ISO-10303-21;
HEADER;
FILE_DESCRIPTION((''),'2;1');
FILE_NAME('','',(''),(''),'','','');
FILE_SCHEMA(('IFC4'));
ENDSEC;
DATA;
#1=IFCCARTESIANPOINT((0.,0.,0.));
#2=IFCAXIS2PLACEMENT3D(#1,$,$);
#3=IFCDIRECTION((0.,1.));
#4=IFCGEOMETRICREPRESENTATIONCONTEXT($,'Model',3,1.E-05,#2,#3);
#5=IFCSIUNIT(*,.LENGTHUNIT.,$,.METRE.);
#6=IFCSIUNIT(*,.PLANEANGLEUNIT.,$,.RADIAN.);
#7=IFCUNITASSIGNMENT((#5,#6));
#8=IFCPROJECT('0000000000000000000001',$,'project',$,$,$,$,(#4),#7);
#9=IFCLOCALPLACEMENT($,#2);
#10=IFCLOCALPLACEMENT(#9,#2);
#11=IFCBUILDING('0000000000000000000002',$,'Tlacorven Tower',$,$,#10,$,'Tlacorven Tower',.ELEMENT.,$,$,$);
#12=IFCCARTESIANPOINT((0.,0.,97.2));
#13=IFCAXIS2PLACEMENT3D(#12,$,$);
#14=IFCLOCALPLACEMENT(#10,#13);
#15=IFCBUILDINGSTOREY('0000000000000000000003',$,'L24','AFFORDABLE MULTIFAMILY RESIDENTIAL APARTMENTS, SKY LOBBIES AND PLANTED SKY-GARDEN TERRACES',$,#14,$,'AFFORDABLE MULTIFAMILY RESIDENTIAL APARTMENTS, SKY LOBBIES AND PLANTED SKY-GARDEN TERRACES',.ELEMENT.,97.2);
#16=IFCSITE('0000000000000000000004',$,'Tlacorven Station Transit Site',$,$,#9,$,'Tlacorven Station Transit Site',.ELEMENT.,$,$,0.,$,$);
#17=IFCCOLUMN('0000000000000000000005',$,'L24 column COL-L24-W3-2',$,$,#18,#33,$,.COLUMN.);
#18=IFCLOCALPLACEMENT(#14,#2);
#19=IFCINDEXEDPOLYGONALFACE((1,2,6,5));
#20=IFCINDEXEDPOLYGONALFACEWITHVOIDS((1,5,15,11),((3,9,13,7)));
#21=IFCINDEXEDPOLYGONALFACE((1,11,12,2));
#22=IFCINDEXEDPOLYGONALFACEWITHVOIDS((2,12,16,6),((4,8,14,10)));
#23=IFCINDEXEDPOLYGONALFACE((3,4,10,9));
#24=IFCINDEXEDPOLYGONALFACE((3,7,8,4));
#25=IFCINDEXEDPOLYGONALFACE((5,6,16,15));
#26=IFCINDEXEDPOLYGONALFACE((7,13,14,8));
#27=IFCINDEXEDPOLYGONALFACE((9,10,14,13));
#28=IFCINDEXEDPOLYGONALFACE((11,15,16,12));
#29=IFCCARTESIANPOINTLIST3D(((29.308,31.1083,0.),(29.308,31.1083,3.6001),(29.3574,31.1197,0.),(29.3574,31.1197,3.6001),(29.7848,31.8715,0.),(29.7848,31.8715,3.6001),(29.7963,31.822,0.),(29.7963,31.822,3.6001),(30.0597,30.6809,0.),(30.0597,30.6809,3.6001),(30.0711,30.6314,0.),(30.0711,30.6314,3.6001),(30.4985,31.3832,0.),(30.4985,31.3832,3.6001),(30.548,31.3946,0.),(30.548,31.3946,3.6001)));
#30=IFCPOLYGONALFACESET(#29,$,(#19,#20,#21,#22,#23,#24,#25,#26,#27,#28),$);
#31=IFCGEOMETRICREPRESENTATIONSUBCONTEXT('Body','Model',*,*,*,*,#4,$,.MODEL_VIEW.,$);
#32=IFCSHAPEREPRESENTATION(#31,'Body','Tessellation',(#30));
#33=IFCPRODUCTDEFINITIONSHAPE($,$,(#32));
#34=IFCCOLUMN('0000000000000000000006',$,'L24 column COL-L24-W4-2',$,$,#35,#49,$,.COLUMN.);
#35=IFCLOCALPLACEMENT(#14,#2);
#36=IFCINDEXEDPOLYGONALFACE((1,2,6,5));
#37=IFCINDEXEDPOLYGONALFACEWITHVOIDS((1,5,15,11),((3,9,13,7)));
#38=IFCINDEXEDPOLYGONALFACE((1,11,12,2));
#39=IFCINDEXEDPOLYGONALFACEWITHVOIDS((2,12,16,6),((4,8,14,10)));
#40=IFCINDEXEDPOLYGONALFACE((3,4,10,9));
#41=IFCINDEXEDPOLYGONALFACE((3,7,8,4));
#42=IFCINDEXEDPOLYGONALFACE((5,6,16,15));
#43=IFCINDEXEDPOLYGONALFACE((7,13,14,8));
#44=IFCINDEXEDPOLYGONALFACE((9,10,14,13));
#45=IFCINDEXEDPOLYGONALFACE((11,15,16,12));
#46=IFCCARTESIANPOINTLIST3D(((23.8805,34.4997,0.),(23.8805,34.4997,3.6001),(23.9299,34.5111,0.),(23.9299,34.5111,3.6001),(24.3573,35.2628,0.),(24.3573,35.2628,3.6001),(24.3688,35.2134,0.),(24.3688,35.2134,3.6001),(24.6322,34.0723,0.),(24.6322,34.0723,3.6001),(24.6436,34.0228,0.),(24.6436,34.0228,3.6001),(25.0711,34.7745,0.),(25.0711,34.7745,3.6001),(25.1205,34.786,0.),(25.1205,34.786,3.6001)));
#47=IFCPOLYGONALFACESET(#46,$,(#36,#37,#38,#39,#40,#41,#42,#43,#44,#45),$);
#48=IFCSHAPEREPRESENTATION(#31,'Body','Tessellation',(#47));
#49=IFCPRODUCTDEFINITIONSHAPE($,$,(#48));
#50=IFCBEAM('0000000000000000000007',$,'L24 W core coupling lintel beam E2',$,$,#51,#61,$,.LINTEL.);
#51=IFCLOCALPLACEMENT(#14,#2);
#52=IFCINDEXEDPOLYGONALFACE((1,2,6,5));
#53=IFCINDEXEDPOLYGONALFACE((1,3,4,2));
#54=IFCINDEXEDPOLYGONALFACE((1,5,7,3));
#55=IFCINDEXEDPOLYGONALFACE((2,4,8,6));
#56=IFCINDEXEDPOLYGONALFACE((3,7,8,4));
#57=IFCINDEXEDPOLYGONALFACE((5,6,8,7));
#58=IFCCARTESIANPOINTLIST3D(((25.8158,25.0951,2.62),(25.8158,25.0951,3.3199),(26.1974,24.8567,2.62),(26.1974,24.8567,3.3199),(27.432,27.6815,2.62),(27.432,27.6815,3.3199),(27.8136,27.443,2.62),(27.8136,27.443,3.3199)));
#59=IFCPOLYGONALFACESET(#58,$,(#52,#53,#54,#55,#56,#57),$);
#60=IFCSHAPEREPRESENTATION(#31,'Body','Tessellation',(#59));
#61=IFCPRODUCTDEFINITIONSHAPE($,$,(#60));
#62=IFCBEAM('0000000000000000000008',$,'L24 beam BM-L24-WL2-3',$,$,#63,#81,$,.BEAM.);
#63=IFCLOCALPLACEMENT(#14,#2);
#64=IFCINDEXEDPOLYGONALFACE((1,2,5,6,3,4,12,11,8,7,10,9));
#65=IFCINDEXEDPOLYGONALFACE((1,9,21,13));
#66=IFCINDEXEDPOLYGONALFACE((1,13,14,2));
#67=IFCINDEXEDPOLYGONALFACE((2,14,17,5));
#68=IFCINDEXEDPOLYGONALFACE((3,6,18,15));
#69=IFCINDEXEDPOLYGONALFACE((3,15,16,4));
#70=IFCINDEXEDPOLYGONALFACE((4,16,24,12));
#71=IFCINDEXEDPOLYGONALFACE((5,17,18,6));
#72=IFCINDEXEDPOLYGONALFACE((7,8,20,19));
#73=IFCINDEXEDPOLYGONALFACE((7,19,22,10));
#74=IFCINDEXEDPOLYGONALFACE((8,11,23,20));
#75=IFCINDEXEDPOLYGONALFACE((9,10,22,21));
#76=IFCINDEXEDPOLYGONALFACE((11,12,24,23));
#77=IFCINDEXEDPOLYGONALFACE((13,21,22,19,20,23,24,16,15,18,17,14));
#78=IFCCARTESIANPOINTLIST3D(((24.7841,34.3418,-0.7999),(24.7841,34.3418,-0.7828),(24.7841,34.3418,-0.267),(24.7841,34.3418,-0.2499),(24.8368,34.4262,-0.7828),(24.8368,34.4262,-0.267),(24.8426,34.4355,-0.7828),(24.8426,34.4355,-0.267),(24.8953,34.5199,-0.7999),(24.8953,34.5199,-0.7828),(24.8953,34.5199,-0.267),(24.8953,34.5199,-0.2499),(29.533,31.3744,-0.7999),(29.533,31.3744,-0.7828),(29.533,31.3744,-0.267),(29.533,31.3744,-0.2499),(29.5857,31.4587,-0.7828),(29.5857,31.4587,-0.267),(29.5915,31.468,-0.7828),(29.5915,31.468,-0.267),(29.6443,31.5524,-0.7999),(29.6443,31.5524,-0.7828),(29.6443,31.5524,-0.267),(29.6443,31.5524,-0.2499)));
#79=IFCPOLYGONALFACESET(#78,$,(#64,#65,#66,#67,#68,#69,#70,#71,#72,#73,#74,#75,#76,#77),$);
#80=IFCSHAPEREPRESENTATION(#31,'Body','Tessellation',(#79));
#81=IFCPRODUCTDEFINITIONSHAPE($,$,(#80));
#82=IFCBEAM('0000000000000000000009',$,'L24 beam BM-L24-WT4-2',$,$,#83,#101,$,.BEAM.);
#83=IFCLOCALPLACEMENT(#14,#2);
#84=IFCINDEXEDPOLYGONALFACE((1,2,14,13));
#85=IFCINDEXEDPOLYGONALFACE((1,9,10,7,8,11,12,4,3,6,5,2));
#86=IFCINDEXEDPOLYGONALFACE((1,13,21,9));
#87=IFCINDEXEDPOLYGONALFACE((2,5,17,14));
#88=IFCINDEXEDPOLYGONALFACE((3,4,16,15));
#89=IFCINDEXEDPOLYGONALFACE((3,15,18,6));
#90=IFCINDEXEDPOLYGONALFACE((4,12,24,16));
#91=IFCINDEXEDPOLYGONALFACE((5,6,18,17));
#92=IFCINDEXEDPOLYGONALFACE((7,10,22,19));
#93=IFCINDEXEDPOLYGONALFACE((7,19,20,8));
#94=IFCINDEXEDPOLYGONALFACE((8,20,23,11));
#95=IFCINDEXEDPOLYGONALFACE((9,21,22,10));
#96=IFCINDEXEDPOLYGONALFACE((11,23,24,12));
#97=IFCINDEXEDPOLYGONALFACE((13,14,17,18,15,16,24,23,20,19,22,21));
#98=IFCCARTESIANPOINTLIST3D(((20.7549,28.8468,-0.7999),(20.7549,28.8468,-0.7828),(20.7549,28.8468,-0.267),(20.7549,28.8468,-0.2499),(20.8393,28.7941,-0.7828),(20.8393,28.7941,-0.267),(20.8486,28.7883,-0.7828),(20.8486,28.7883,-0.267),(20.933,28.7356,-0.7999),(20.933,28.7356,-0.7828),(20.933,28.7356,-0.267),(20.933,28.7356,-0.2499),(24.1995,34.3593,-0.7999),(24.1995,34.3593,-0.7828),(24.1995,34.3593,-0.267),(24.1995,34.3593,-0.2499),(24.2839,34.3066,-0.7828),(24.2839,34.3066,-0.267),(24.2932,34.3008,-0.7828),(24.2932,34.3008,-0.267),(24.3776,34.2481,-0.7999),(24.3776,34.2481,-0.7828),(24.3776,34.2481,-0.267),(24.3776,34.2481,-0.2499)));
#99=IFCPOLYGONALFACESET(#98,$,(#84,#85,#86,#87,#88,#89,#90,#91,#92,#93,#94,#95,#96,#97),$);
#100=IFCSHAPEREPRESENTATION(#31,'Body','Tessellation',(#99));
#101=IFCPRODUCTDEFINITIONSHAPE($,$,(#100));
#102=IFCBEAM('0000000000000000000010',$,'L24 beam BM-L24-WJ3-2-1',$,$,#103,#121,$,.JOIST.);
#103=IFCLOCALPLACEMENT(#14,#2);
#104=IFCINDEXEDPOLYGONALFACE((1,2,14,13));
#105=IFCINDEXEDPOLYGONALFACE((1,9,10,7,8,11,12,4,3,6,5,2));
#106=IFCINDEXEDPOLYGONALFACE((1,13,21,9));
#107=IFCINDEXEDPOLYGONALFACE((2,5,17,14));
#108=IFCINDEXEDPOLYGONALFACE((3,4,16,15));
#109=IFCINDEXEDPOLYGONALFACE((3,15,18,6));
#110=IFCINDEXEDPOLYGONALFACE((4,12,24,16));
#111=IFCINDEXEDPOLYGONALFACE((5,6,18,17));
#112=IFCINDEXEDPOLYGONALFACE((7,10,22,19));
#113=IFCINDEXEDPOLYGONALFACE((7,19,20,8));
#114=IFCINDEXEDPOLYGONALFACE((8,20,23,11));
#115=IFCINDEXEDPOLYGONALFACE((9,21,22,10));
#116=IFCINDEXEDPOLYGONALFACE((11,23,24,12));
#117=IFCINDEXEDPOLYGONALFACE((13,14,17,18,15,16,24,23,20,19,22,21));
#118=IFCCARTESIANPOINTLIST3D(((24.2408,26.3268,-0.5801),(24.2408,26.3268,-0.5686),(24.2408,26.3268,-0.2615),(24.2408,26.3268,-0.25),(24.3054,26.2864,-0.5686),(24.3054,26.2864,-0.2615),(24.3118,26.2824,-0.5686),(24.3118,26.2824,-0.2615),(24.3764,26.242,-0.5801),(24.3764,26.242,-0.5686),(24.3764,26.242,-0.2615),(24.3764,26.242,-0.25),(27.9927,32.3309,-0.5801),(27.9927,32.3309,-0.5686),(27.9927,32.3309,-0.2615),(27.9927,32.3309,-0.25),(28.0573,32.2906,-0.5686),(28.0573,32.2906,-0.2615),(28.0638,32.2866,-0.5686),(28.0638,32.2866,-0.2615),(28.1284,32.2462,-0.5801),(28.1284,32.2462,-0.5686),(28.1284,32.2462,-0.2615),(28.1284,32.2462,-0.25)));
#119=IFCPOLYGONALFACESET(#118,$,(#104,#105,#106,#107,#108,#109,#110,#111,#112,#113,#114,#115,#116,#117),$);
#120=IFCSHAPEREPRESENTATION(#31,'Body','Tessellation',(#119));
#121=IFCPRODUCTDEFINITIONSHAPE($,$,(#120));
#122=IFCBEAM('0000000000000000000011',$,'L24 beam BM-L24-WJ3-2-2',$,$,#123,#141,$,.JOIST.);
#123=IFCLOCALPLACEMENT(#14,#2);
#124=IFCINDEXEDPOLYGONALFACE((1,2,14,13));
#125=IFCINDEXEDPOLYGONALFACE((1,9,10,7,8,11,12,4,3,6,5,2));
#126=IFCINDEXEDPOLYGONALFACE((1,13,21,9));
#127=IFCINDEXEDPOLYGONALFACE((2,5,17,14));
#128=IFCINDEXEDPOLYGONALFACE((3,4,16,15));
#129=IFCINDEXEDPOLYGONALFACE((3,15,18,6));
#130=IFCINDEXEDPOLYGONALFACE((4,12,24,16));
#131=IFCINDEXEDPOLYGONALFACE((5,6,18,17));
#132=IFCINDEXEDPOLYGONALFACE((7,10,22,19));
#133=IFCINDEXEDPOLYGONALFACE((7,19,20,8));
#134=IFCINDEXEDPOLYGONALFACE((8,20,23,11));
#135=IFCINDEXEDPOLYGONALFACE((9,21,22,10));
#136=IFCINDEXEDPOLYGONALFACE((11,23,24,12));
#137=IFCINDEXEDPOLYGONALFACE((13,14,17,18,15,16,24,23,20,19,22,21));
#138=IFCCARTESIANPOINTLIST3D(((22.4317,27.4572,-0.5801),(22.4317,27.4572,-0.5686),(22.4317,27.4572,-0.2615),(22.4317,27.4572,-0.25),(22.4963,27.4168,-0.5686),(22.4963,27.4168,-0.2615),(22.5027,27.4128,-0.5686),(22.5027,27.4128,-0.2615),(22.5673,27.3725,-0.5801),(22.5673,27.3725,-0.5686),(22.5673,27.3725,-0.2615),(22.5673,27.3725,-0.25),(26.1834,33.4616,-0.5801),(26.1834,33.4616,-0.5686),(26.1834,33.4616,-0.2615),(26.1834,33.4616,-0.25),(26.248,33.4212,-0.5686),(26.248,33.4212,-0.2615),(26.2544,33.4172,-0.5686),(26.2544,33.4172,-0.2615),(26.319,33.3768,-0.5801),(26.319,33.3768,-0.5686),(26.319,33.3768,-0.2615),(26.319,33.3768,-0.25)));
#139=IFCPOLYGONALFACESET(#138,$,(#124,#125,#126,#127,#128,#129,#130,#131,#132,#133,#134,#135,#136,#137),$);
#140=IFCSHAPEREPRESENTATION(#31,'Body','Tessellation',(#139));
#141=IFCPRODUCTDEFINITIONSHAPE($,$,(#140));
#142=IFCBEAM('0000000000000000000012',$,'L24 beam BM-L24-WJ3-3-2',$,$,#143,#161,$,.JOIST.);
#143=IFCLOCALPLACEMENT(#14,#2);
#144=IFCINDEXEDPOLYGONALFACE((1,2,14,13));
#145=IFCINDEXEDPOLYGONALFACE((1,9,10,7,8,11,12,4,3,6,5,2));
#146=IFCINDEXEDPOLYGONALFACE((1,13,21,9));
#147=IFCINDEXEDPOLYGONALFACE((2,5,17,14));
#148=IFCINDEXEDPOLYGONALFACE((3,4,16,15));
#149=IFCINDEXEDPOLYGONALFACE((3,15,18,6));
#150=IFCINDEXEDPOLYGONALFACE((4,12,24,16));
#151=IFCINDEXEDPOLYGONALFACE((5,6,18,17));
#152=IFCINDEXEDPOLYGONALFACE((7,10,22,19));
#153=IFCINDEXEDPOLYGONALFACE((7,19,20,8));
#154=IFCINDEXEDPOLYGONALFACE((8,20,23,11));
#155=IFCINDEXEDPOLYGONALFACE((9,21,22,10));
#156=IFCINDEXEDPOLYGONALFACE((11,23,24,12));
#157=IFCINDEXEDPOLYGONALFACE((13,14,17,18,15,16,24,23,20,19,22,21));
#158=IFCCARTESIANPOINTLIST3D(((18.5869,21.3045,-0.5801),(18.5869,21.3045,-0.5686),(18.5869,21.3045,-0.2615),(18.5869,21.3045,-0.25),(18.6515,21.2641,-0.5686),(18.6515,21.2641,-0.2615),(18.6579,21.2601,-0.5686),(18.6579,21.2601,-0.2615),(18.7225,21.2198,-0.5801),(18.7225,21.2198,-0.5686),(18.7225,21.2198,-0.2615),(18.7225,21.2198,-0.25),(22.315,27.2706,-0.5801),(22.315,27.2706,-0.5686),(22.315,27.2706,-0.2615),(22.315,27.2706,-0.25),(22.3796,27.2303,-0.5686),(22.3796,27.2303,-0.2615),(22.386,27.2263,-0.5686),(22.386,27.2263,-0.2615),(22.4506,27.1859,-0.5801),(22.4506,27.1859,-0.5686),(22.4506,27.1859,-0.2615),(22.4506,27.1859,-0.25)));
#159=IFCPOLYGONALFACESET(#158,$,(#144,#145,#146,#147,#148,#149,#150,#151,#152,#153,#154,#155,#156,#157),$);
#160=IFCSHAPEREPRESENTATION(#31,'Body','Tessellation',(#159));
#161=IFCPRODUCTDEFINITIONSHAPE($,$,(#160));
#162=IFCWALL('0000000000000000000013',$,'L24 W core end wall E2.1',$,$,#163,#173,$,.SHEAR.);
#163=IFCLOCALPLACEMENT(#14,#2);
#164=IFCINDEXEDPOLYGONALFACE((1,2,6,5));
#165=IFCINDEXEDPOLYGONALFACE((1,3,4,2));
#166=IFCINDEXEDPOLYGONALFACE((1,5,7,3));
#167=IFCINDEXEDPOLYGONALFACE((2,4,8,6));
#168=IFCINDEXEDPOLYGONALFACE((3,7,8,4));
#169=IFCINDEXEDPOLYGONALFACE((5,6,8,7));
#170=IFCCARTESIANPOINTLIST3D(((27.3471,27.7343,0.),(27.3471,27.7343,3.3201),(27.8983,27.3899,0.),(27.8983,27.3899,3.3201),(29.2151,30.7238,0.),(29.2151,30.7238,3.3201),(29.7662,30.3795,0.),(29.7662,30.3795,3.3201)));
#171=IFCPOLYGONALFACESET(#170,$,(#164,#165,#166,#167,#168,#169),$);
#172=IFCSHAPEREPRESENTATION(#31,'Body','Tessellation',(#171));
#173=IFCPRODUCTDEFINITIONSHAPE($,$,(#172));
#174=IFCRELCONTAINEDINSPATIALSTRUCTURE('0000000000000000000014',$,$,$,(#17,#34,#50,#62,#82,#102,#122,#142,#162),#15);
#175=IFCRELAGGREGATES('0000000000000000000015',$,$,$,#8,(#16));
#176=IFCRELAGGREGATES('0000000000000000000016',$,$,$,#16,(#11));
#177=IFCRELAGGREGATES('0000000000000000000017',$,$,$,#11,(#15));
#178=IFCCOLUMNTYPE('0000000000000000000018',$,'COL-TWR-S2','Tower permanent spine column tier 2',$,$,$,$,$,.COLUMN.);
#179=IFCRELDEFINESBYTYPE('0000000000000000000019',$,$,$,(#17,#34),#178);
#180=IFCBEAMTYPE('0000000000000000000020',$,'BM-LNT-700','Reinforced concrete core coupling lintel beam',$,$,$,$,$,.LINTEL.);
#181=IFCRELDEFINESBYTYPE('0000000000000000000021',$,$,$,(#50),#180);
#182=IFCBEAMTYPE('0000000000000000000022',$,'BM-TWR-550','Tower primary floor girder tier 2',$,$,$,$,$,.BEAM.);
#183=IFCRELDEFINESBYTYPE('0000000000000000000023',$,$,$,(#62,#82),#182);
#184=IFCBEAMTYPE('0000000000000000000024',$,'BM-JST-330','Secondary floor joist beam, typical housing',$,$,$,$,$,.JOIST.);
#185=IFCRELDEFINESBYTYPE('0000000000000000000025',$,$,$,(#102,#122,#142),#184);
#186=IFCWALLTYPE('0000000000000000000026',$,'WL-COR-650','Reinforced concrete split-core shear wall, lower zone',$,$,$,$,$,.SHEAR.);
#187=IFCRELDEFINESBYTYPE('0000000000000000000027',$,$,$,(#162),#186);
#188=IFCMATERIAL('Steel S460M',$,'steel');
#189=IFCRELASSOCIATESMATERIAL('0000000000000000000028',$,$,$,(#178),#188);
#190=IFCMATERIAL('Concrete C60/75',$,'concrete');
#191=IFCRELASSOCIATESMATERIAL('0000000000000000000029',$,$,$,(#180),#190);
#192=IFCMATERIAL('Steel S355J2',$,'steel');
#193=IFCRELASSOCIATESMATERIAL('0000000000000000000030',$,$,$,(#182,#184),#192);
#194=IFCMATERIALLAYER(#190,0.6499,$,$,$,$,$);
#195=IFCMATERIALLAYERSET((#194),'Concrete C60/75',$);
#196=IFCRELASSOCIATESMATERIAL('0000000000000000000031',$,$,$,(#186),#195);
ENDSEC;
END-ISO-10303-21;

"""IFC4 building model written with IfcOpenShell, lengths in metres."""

from ifc_helpers import new_model, si_unit, direction, frame, frame_2d, origin, origin_2d, place, context, subcontext, project, spatial, rectangle, hollow_rectangle, i_section, extrude, source, transform, mapped, material, layer, layer_set, material_profile, profile_set, type_object, element, save


model = new_model("IFC4")

# Units and contexts
model_context = context("Model", 3, precision=1e-05, world=origin(), true_north=direction((0.0, 1.0)))
body_context = subcontext(model_context, "Body", "Model", "MODEL_VIEW")
ifc_project = project(units=[si_unit("LENGTHUNIT", "METRE"), si_unit("PLANEANGLEUNIT", "RADIAN")], contexts=[model_context])

# Site, building, storey
site_placement = place(None, origin())
site = spatial("IfcSite", under=ifc_project, at=site_placement, Name="Tlacorven Station Transit Site", LongName="Tlacorven Station Transit Site", CompositionType="ELEMENT", RefElevation=0.0)
building_placement = place(site_placement, origin())
building = spatial("IfcBuilding", under=site, at=building_placement, Name="Tlacorven Tower", LongName="Tlacorven Tower", CompositionType="ELEMENT")
storey_placement = place(building_placement, frame((0.0, 0.0, 97.2)))
storey = spatial("IfcBuildingStorey", under=building, at=storey_placement, Name="L24", Description="AFFORDABLE MULTIFAMILY RESIDENTIAL APARTMENTS, SKY LOBBIES AND PLANTED SKY-GARDEN TERRACES", LongName="AFFORDABLE MULTIFAMILY RESIDENTIAL APARTMENTS, SKY LOBBIES AND PLANTED SKY-GARDEN TERRACES", CompositionType="ELEMENT", Elevation=97.2)

# Columns
ifc_material_1 = material(Name="Steel S460M", Category="steel")
ifc_material_profile_1 = material_profile(ifc_material_1, hollow_rectangle(XDim=0.8999, YDim=0.8999, WallThickness=0.0359, at=origin_2d()), Name="BOX 900X900X36")
ifc_profile_set_1 = profile_set([ifc_material_profile_1], Name="Steel S460M")
column_type = type_object("IfcColumnType", Name="COL-TWR-S2", Description="Tower permanent spine column tier 2", PredefinedType="COLUMN", material=ifc_profile_set_1)
shared_shape_1 = source(origin(), body_context, "Body", "SweptSolid", [
    extrude(hollow_rectangle(XDim=0.8999, YDim=0.8999, WallThickness=0.0359, at=origin_2d()), origin(), (0.0, 0.0, 1.0), 3.6001),
])
for number, where, z_axis, x_axis, name in (
    (1, (29.928, 31.2515, 0.0), (0.0, 0.0, 1.0), (-0.848048, 0.529919, 0.0), "L24 column COL-L24-W3-2"),
    (2, (24.5005, 34.6428, 0.0), (0.0, 0.0, 1.0), (-0.848048, 0.529919, 0.0), "L24 column COL-L24-W4-2"),
):
    element("IfcColumn", number, at=place(storey_placement, frame(where, z_axis=z_axis, x_axis=x_axis)), inside=storey, type_object=column_type, Name=name, PredefinedType="COLUMN", context=body_context, shape_type="MappedRepresentation", body=[
        mapped(shared_shape_1, transform((0.0, 0.0, 0.0), scale=1.0)),
    ])

# Beams
ifc_material_2 = material(Name="Concrete C60/75", Category="concrete")
ifc_material_profile_2 = material_profile(ifc_material_2, rectangle(XDim=0.45, YDim=0.7, at=origin_2d()), Name="RC 450X700")
ifc_profile_set_2 = profile_set([ifc_material_profile_2], Name="Concrete C60/75")
beam_type_1 = type_object("IfcBeamType", Name="BM-LNT-700", Description="Reinforced concrete core coupling lintel beam", PredefinedType="LINTEL", material=ifc_profile_set_2)
shared_shape_2 = source(origin(), body_context, "Body", "SweptSolid", [
    extrude(rectangle(XDim=0.45, YDim=0.7, at=origin_2d()), origin(), (0.0, 0.0, 1.0), 3.0498),
])
beam_1_placement = place(storey_placement, frame((27.6228, 27.5623, 2.97), z_axis=(-0.529927, -0.848043, 0.0), x_axis=(0.848043, -0.529927, 0.0)))
element("IfcBeam", 3, at=beam_1_placement, inside=storey, type_object=beam_type_1, Name="L24 W core coupling lintel beam E2", PredefinedType="LINTEL", context=body_context, shape_type="MappedRepresentation", body=[
    mapped(shared_shape_2, transform((0.0, 0.0, 0.0), scale=1.0)),
])
ifc_material_3 = material(Name="Steel S355J2", Category="steel")
ifc_material_profile_3 = material_profile(ifc_material_3, i_section(OverallWidth=0.21, OverallDepth=0.55, WebThickness=0.011, FlangeThickness=0.0171, at=origin_2d()), Name="IPE 550")
ifc_profile_set_3 = profile_set([ifc_material_profile_3], Name="Steel S355J2")
beam_type_2 = type_object("IfcBeamType", Name="BM-TWR-550", Description="Tower primary floor girder tier 2", PredefinedType="BEAM", material=ifc_profile_set_3)
shared_shape_3 = source(origin(), body_context, "Body", "SweptSolid", [
    extrude(i_section(OverallWidth=0.21, OverallDepth=0.55, WebThickness=0.011, FlangeThickness=0.0171, at=origin_2d()), origin(), (0.0, 0.0, 1.0), 5.5999),
])
beam_2_placement = place(storey_placement, frame((29.5886, 31.4634, -0.5249), z_axis=(-0.848047, 0.529921, 0.0), x_axis=(-0.529921, -0.848047, 0.0)))
element("IfcBeam", 4, at=beam_2_placement, inside=storey, type_object=beam_type_2, Name="L24 beam BM-L24-WL2-3", PredefinedType="BEAM", context=body_context, shape_type="MappedRepresentation", body=[
    mapped(shared_shape_3, transform((0.0, 0.0, 0.0), scale=1.0)),
])
shared_shape_4 = source(origin(), body_context, "Body", "SweptSolid", [
    extrude(i_section(OverallWidth=0.21, OverallDepth=0.55, WebThickness=0.011, FlangeThickness=0.0171, at=origin_2d()), origin(), (0.0, 0.0, 1.0), 6.5002),
])
beam_3_placement = place(storey_placement, frame((24.2886, 34.3037, -0.5249), z_axis=(-0.529921, -0.848047, 0.0), x_axis=(0.848047, -0.529921, 0.0)))
element("IfcBeam", 5, at=beam_3_placement, inside=storey, type_object=beam_type_2, Name="L24 beam BM-L24-WT4-2", PredefinedType="BEAM", context=body_context, shape_type="MappedRepresentation", body=[
    mapped(shared_shape_4, transform((0.0, 0.0, 0.0), scale=1.0)),
])
ifc_material_profile_4 = material_profile(ifc_material_3, i_section(OverallWidth=0.1599, OverallDepth=0.3301, WebThickness=0.0076, FlangeThickness=0.0115, at=origin_2d()), Name="IPE 330")
ifc_profile_set_4 = profile_set([ifc_material_profile_4], Name="Steel S355J2")
beam_type_3 = type_object("IfcBeamType", Name="BM-JST-330", Description="Secondary floor joist beam, typical housing", PredefinedType="JOIST", material=ifc_profile_set_4)
shared_shape_5 = source(origin(), body_context, "Body", "SweptSolid", [
    extrude(i_section(OverallWidth=0.1599, OverallDepth=0.3301, WebThickness=0.0076, FlangeThickness=0.0115, at=origin_2d()), origin(), (0.0, 0.0, 1.0), 7.0801),
])
for number, where, z_axis, x_axis, name in (
    (6, (28.0605, 32.2886, -0.415), (-0.529934, -0.848039, 0.0), (0.848039, -0.529934, 0.0), "L24 beam BM-L24-WJ3-2-1"),
    (7, (26.2512, 33.4192, -0.415), (-0.529894, -0.848064, 0.0), (0.848064, -0.529894, 0.0), "L24 beam BM-L24-WJ3-2-2"),
):
    element("IfcBeam", number, at=place(storey_placement, frame(where, z_axis=z_axis, x_axis=x_axis)), inside=storey, type_object=beam_type_3, Name=name, PredefinedType="JOIST", context=body_context, shape_type="MappedRepresentation", body=[
        mapped(shared_shape_5, transform((0.0, 0.0, 0.0), scale=1.0)),
    ])
shared_shape_6 = source(origin(), body_context, "Body", "SweptSolid", [
    extrude(i_section(OverallWidth=0.1599, OverallDepth=0.3301, WebThickness=0.0076, FlangeThickness=0.0115, at=origin_2d()), origin(), (0.0, 0.0, 1.0), 7.0352),
])
beam_4_placement = place(storey_placement, frame((22.3828, 27.2283, -0.415), z_axis=(-0.529921, -0.848047, 0.0), x_axis=(0.848047, -0.529921, 0.0)))
element("IfcBeam", 8, at=beam_4_placement, inside=storey, type_object=beam_type_3, Name="L24 beam BM-L24-WJ3-3-2", PredefinedType="JOIST", context=body_context, shape_type="MappedRepresentation", body=[
    mapped(shared_shape_6, transform((0.0, 0.0, 0.0), scale=1.0)),
])

# Wall
ifc_layer_1 = layer(ifc_material_2, 0.6499)
ifc_layer_set_1 = layer_set([ifc_layer_1], Name="Concrete C60/75")
wall_type_1 = type_object("IfcWallType", Name="WL-COR-650", Description="Reinforced concrete split-core shear wall, lower zone", PredefinedType="SHEAR", material=ifc_layer_set_1)
wall_1_placement = place(storey_placement, frame((29.4907, 30.5518, 0.0), z_axis=(0.0, 0.0, 1.0), x_axis=(-0.529893, -0.848064, 0.0)))
element("IfcWall", 9, at=wall_1_placement, inside=storey, type_object=wall_type_1, Name="L24 W core end wall E2.1", PredefinedType="SHEAR", context=body_context, shape_type="SweptSolid", body=[
    extrude(rectangle(XDim=3.5251, YDim=0.6499, at=frame_2d((1.7627, 0.0))), origin(), (0.0, 0.0, 1.0), 3.3201),
])

save(model, "model.ifc")
